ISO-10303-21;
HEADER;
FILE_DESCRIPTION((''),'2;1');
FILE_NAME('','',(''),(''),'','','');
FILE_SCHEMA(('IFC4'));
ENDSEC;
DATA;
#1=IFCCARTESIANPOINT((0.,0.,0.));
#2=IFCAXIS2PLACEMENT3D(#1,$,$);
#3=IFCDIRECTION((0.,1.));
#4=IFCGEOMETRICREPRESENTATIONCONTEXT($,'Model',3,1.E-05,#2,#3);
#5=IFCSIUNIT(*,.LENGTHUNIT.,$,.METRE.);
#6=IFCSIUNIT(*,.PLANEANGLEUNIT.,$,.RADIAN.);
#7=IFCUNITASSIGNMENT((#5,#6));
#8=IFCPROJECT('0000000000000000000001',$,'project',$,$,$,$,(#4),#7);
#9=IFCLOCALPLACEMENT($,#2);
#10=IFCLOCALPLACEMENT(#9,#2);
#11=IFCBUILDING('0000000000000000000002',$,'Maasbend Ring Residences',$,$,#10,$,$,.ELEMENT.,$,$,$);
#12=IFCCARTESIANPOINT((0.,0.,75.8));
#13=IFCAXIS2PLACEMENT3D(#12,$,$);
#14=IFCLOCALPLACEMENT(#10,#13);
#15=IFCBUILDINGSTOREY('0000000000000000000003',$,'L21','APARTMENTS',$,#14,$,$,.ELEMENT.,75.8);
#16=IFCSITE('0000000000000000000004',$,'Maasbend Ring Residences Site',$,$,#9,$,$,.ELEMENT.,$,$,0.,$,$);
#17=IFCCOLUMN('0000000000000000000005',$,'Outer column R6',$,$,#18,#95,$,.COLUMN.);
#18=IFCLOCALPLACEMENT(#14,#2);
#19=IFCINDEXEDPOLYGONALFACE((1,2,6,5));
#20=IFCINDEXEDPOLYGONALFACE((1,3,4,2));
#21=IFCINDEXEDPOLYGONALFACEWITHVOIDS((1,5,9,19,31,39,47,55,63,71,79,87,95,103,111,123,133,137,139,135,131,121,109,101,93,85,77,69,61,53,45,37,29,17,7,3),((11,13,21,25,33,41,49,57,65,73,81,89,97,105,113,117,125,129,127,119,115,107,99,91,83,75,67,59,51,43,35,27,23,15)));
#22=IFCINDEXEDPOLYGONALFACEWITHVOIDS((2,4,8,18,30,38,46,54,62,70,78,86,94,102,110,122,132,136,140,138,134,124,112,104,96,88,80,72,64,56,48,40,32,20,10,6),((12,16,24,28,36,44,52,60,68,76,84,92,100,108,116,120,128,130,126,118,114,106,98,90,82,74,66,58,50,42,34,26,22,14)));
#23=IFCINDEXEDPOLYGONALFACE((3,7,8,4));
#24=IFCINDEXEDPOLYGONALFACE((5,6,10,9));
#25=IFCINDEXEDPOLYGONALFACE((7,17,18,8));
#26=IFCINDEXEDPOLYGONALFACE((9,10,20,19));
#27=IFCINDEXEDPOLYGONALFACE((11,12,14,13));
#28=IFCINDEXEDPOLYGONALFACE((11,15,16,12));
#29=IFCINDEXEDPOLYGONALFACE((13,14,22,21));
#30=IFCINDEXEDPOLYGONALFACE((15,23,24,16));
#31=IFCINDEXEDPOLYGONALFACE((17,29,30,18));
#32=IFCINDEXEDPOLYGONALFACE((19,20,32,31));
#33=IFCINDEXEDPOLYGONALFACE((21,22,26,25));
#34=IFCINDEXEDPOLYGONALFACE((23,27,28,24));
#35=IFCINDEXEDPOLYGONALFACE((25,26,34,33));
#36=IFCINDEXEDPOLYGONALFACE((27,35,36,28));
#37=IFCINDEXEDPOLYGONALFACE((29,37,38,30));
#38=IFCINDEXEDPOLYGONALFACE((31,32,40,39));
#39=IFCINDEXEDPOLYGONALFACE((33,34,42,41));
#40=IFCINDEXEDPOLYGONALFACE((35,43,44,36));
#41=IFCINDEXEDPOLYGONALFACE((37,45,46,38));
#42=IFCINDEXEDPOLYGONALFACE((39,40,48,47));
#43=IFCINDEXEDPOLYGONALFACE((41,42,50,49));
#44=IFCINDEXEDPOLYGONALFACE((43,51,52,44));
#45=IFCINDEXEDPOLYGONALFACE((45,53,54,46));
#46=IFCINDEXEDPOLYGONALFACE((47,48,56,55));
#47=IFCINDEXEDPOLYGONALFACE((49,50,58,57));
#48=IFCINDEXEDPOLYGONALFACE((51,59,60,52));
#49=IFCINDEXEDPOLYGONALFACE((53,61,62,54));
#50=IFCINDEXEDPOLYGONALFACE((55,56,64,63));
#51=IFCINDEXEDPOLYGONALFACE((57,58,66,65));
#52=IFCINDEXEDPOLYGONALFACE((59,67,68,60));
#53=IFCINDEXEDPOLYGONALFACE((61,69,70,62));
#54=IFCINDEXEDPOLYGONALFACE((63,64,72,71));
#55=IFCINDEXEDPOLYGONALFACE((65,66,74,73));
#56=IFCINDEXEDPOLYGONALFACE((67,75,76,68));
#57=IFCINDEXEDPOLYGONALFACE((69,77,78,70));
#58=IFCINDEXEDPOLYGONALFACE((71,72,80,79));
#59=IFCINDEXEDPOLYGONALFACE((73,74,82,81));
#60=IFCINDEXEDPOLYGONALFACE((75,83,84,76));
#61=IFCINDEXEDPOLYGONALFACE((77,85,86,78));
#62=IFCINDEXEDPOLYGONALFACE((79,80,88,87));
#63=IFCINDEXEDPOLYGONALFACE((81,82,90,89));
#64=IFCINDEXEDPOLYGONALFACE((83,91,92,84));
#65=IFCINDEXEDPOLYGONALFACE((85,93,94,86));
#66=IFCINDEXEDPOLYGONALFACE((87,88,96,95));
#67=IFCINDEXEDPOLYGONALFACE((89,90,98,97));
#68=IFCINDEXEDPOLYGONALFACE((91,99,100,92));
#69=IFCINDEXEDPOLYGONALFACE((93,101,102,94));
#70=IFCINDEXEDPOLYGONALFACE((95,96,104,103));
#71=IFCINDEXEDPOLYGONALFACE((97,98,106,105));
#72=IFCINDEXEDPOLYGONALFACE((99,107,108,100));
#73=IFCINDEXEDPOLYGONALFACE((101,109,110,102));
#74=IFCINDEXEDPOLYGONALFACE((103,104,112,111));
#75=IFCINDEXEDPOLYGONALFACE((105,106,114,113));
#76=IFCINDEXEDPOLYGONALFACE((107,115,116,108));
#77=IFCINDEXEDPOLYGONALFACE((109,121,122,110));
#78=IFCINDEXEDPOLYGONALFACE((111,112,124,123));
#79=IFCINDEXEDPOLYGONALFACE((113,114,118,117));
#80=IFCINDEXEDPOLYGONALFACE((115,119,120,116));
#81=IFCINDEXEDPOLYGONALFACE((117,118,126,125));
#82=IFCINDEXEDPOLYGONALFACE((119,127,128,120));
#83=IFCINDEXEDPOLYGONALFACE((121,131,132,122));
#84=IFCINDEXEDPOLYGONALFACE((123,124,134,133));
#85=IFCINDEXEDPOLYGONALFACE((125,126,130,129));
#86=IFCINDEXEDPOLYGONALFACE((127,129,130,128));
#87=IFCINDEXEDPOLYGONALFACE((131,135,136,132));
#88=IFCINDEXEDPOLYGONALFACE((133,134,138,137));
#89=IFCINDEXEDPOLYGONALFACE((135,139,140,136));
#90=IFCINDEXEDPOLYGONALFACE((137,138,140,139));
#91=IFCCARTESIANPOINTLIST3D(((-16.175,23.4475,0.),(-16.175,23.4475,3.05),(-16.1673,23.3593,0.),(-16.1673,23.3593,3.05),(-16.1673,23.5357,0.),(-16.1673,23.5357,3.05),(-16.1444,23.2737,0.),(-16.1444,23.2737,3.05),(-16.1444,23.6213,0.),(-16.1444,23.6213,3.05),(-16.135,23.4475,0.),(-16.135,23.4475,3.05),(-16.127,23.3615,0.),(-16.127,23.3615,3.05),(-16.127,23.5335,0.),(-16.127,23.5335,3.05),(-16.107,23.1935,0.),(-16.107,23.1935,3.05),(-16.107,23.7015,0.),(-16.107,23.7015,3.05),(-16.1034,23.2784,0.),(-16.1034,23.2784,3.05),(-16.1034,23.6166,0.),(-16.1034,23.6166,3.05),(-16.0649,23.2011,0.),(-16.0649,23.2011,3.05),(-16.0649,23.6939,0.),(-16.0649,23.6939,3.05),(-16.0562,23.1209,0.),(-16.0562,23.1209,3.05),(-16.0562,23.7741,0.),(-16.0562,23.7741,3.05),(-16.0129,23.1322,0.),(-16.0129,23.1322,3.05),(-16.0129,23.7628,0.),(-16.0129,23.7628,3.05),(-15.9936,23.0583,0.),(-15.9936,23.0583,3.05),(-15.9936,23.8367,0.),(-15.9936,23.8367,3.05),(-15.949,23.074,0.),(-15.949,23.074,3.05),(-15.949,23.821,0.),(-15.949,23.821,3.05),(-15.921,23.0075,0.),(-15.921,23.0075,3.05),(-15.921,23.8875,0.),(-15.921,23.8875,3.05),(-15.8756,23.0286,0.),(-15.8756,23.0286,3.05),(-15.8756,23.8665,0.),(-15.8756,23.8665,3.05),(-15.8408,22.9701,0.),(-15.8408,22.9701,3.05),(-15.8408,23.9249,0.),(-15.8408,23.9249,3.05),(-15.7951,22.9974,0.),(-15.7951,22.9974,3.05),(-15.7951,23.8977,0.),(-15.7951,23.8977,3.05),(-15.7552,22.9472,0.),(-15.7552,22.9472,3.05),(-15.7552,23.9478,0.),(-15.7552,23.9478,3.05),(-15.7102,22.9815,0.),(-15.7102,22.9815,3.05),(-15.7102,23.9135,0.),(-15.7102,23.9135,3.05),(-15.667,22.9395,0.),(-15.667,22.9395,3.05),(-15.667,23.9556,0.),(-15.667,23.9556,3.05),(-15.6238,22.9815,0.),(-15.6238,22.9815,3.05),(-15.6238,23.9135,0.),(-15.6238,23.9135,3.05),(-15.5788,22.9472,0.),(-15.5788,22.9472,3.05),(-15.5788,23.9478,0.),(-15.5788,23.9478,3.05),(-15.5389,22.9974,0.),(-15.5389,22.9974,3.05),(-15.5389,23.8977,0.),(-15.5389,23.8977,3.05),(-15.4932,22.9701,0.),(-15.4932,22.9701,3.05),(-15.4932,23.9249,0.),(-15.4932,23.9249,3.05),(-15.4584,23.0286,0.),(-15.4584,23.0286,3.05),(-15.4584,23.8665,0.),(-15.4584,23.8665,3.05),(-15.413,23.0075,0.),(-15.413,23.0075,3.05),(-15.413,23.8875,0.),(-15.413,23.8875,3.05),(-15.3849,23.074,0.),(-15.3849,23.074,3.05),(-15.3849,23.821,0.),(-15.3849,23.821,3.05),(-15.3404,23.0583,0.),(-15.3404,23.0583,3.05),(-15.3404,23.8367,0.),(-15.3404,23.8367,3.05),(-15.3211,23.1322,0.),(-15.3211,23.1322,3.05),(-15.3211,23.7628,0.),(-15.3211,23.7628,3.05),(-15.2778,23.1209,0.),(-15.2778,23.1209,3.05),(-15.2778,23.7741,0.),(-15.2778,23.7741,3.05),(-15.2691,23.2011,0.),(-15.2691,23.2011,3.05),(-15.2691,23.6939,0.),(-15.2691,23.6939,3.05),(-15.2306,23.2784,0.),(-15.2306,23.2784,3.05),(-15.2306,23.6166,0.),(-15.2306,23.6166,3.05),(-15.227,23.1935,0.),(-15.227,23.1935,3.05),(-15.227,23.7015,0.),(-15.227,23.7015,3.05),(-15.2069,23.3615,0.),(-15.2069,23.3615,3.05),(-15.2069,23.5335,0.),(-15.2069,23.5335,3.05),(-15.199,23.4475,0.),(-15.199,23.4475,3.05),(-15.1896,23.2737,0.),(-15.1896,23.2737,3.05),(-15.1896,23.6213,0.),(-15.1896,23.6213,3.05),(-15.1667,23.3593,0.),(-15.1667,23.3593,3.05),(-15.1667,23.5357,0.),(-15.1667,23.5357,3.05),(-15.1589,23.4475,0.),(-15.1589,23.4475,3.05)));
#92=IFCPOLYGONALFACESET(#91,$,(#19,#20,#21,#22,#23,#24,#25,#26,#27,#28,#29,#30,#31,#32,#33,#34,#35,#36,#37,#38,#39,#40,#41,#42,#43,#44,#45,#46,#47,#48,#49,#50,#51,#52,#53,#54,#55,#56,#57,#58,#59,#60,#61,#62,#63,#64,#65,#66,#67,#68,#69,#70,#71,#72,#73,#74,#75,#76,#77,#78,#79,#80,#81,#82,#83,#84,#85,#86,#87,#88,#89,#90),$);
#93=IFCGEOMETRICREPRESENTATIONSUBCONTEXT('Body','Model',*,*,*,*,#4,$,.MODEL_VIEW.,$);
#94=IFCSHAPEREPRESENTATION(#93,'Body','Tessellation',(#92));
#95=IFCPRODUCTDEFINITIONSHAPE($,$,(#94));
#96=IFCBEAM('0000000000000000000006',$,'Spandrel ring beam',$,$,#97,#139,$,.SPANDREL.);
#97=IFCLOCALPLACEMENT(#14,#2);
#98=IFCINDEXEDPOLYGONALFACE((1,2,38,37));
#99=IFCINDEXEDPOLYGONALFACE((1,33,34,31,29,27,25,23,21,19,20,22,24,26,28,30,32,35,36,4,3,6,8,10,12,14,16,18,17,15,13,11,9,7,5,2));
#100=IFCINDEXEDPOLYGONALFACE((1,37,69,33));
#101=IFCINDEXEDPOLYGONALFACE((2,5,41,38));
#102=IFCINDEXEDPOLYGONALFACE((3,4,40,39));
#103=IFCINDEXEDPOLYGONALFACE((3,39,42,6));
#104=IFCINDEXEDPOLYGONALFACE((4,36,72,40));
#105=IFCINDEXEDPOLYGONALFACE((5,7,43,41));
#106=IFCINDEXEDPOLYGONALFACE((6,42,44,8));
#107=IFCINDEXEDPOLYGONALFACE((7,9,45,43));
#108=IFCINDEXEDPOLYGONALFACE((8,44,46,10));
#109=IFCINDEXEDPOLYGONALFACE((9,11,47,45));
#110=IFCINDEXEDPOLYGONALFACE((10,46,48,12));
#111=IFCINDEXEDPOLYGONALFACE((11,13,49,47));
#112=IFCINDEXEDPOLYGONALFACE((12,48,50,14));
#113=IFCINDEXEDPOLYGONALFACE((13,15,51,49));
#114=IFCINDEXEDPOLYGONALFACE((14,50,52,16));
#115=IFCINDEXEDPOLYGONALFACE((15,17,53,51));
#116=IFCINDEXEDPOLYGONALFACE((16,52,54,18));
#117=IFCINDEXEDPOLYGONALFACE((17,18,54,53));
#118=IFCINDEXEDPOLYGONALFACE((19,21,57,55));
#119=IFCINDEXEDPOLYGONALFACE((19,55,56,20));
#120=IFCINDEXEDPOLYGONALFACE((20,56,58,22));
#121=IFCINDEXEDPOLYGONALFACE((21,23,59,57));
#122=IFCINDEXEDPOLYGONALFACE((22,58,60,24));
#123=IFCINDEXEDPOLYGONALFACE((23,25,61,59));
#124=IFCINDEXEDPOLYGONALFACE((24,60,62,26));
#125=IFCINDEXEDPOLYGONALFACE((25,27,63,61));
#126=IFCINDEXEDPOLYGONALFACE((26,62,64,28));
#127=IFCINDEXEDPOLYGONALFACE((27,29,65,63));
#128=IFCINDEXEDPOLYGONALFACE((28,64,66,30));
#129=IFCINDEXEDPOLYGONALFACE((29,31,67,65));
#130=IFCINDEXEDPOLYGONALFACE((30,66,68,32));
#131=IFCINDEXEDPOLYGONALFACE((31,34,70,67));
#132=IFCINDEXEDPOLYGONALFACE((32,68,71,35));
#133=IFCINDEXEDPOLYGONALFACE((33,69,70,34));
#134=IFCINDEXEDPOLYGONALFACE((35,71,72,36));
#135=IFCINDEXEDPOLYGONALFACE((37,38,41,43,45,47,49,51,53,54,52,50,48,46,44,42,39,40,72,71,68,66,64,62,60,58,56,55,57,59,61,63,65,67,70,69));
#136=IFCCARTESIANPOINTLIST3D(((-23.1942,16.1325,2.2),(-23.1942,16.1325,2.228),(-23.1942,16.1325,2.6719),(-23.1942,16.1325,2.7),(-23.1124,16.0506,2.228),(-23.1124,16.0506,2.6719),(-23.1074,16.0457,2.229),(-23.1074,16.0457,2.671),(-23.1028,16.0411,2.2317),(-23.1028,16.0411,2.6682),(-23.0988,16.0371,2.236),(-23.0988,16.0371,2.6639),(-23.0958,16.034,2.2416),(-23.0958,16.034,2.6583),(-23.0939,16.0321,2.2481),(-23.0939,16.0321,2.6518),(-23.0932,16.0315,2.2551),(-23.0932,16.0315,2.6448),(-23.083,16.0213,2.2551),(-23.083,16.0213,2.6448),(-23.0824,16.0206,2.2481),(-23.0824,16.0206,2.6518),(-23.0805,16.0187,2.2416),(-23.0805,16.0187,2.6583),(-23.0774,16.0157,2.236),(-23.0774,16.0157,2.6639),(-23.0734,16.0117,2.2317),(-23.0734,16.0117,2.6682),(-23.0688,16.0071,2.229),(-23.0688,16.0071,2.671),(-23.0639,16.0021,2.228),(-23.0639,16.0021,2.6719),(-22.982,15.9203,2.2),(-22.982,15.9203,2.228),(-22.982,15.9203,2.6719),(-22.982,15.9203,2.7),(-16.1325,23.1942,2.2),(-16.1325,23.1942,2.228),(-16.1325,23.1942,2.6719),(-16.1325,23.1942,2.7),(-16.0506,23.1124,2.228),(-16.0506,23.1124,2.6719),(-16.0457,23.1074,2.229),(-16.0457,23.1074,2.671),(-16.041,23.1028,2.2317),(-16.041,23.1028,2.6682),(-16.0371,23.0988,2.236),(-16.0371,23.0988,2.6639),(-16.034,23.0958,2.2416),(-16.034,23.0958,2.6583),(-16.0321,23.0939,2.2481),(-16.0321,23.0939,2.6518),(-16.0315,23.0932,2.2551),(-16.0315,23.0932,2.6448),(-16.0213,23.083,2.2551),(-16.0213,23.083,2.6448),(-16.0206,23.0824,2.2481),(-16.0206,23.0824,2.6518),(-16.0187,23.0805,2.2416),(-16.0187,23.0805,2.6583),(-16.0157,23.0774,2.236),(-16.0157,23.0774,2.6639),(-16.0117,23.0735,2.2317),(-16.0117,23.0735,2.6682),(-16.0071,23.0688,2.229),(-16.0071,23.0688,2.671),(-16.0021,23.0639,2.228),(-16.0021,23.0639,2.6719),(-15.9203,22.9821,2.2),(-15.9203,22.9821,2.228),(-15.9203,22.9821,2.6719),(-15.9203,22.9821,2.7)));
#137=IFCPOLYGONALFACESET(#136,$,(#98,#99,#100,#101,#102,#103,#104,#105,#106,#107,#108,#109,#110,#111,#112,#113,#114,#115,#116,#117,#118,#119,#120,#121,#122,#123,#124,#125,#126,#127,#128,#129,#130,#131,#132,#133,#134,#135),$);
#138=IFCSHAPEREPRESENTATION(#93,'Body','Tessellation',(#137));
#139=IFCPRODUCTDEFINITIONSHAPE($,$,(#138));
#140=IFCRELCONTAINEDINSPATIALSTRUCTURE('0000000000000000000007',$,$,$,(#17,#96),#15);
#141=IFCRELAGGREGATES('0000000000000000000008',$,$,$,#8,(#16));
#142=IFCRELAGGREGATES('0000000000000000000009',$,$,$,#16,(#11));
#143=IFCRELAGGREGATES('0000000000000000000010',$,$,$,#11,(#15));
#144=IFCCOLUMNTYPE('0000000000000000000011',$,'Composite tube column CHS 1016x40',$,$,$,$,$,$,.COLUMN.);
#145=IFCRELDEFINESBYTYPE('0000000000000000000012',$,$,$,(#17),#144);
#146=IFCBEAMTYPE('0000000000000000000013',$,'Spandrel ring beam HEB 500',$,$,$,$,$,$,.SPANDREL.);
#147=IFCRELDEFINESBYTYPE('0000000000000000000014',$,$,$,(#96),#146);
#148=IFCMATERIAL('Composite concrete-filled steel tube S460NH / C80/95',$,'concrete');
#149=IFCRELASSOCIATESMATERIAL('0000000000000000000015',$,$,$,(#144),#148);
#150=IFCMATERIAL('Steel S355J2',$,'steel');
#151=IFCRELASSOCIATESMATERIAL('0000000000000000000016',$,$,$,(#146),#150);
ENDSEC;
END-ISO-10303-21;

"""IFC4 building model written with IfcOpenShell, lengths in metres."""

from ifc_helpers import new_model, si_unit, direction, frame, origin, origin_2d, place, context, subcontext, project, spatial, hollow_circle, i_section, extrude, material, material_profile, profile_set, type_object, element, save


model = new_model("IFC4")

# Units and contexts
model_context = context("Model", 3, precision=1e-05, world=origin(), true_north=direction((0.0, 1.0)))
body_context = subcontext(model_context, "Body", "Model", "MODEL_VIEW")
ifc_project = project(units=[si_unit("LENGTHUNIT", "METRE"), si_unit("PLANEANGLEUNIT", "RADIAN")], contexts=[model_context])

# Site, building, storey
site_placement = place(None, origin())
site = spatial("IfcSite", under=ifc_project, at=site_placement, Name="Maasbend Ring Residences Site", CompositionType="ELEMENT", RefElevation=0.0)
building_placement = place(site_placement, origin())
building = spatial("IfcBuilding", under=site, at=building_placement, Name="Maasbend Ring Residences", CompositionType="ELEMENT")
storey_placement = place(building_placement, frame((0.0, 0.0, 75.8)))
storey = spatial("IfcBuildingStorey", under=building, at=storey_placement, Name="L21", Description="APARTMENTS", CompositionType="ELEMENT", Elevation=75.8)

# Column
ifc_material_1 = material(Name="Composite concrete-filled steel tube S460NH / C80/95", Category="concrete")
ifc_material_profile_1 = material_profile(ifc_material_1, hollow_circle(Radius=0.5081, WallThickness=0.04, at=origin_2d()), Name="Composite tube column CHS 1016x40")
ifc_profile_set_1 = profile_set([ifc_material_profile_1], Name="Composite concrete-filled steel tube S460NH / C80/95")
column_type = type_object("IfcColumnType", Name="Composite tube column CHS 1016x40", PredefinedType="COLUMN", material=ifc_profile_set_1)
column_placement = place(storey_placement, frame((-15.667, 23.4475, 0.0), z_axis=(0.0, 0.0, 1.0), x_axis=(1.0, 0.0, 0.0)))
element("IfcColumn", 1, at=column_placement, inside=storey, type_object=column_type, Name="Outer column R6", PredefinedType="COLUMN", context=body_context, shape_type="SweptSolid", body=[
    extrude(hollow_circle(Radius=0.5081, WallThickness=0.04, at=origin_2d()), origin(), (0.0, 0.0, 1.0), 3.05),
])

# Beam
ifc_material_2 = material(Name="Steel S355J2", Category="steel")
ifc_material_profile_2 = material_profile(ifc_material_2, i_section(OverallWidth=0.3, OverallDepth=0.5, WebThickness=0.0144, FlangeThickness=0.0281, FilletRadius=0.0271, at=origin_2d()), Name="HEB 500")
ifc_profile_set_2 = profile_set([ifc_material_profile_2], Name="Steel S355J2")
beam_type = type_object("IfcBeamType", Name="Spandrel ring beam HEB 500", PredefinedType="SPANDREL", material=ifc_profile_set_2)
beam_placement = place(storey_placement, frame((-16.0264, 23.0881, 2.45), z_axis=(-0.707107, -0.707107, 0.0), x_axis=(0.707107, -0.707107, 0.0)))
element("IfcBeam", 2, at=beam_placement, inside=storey, type_object=beam_type, Name="Spandrel ring beam", PredefinedType="SPANDREL", context=body_context, shape_type="SweptSolid", body=[
    extrude(i_section(OverallWidth=0.3, OverallDepth=0.5, WebThickness=0.0144, FlangeThickness=0.0281, FilletRadius=0.0271, at=origin_2d()), origin(), (0.0, 0.0, 1.0), 9.9868),
])

save(model, "model.ifc")
